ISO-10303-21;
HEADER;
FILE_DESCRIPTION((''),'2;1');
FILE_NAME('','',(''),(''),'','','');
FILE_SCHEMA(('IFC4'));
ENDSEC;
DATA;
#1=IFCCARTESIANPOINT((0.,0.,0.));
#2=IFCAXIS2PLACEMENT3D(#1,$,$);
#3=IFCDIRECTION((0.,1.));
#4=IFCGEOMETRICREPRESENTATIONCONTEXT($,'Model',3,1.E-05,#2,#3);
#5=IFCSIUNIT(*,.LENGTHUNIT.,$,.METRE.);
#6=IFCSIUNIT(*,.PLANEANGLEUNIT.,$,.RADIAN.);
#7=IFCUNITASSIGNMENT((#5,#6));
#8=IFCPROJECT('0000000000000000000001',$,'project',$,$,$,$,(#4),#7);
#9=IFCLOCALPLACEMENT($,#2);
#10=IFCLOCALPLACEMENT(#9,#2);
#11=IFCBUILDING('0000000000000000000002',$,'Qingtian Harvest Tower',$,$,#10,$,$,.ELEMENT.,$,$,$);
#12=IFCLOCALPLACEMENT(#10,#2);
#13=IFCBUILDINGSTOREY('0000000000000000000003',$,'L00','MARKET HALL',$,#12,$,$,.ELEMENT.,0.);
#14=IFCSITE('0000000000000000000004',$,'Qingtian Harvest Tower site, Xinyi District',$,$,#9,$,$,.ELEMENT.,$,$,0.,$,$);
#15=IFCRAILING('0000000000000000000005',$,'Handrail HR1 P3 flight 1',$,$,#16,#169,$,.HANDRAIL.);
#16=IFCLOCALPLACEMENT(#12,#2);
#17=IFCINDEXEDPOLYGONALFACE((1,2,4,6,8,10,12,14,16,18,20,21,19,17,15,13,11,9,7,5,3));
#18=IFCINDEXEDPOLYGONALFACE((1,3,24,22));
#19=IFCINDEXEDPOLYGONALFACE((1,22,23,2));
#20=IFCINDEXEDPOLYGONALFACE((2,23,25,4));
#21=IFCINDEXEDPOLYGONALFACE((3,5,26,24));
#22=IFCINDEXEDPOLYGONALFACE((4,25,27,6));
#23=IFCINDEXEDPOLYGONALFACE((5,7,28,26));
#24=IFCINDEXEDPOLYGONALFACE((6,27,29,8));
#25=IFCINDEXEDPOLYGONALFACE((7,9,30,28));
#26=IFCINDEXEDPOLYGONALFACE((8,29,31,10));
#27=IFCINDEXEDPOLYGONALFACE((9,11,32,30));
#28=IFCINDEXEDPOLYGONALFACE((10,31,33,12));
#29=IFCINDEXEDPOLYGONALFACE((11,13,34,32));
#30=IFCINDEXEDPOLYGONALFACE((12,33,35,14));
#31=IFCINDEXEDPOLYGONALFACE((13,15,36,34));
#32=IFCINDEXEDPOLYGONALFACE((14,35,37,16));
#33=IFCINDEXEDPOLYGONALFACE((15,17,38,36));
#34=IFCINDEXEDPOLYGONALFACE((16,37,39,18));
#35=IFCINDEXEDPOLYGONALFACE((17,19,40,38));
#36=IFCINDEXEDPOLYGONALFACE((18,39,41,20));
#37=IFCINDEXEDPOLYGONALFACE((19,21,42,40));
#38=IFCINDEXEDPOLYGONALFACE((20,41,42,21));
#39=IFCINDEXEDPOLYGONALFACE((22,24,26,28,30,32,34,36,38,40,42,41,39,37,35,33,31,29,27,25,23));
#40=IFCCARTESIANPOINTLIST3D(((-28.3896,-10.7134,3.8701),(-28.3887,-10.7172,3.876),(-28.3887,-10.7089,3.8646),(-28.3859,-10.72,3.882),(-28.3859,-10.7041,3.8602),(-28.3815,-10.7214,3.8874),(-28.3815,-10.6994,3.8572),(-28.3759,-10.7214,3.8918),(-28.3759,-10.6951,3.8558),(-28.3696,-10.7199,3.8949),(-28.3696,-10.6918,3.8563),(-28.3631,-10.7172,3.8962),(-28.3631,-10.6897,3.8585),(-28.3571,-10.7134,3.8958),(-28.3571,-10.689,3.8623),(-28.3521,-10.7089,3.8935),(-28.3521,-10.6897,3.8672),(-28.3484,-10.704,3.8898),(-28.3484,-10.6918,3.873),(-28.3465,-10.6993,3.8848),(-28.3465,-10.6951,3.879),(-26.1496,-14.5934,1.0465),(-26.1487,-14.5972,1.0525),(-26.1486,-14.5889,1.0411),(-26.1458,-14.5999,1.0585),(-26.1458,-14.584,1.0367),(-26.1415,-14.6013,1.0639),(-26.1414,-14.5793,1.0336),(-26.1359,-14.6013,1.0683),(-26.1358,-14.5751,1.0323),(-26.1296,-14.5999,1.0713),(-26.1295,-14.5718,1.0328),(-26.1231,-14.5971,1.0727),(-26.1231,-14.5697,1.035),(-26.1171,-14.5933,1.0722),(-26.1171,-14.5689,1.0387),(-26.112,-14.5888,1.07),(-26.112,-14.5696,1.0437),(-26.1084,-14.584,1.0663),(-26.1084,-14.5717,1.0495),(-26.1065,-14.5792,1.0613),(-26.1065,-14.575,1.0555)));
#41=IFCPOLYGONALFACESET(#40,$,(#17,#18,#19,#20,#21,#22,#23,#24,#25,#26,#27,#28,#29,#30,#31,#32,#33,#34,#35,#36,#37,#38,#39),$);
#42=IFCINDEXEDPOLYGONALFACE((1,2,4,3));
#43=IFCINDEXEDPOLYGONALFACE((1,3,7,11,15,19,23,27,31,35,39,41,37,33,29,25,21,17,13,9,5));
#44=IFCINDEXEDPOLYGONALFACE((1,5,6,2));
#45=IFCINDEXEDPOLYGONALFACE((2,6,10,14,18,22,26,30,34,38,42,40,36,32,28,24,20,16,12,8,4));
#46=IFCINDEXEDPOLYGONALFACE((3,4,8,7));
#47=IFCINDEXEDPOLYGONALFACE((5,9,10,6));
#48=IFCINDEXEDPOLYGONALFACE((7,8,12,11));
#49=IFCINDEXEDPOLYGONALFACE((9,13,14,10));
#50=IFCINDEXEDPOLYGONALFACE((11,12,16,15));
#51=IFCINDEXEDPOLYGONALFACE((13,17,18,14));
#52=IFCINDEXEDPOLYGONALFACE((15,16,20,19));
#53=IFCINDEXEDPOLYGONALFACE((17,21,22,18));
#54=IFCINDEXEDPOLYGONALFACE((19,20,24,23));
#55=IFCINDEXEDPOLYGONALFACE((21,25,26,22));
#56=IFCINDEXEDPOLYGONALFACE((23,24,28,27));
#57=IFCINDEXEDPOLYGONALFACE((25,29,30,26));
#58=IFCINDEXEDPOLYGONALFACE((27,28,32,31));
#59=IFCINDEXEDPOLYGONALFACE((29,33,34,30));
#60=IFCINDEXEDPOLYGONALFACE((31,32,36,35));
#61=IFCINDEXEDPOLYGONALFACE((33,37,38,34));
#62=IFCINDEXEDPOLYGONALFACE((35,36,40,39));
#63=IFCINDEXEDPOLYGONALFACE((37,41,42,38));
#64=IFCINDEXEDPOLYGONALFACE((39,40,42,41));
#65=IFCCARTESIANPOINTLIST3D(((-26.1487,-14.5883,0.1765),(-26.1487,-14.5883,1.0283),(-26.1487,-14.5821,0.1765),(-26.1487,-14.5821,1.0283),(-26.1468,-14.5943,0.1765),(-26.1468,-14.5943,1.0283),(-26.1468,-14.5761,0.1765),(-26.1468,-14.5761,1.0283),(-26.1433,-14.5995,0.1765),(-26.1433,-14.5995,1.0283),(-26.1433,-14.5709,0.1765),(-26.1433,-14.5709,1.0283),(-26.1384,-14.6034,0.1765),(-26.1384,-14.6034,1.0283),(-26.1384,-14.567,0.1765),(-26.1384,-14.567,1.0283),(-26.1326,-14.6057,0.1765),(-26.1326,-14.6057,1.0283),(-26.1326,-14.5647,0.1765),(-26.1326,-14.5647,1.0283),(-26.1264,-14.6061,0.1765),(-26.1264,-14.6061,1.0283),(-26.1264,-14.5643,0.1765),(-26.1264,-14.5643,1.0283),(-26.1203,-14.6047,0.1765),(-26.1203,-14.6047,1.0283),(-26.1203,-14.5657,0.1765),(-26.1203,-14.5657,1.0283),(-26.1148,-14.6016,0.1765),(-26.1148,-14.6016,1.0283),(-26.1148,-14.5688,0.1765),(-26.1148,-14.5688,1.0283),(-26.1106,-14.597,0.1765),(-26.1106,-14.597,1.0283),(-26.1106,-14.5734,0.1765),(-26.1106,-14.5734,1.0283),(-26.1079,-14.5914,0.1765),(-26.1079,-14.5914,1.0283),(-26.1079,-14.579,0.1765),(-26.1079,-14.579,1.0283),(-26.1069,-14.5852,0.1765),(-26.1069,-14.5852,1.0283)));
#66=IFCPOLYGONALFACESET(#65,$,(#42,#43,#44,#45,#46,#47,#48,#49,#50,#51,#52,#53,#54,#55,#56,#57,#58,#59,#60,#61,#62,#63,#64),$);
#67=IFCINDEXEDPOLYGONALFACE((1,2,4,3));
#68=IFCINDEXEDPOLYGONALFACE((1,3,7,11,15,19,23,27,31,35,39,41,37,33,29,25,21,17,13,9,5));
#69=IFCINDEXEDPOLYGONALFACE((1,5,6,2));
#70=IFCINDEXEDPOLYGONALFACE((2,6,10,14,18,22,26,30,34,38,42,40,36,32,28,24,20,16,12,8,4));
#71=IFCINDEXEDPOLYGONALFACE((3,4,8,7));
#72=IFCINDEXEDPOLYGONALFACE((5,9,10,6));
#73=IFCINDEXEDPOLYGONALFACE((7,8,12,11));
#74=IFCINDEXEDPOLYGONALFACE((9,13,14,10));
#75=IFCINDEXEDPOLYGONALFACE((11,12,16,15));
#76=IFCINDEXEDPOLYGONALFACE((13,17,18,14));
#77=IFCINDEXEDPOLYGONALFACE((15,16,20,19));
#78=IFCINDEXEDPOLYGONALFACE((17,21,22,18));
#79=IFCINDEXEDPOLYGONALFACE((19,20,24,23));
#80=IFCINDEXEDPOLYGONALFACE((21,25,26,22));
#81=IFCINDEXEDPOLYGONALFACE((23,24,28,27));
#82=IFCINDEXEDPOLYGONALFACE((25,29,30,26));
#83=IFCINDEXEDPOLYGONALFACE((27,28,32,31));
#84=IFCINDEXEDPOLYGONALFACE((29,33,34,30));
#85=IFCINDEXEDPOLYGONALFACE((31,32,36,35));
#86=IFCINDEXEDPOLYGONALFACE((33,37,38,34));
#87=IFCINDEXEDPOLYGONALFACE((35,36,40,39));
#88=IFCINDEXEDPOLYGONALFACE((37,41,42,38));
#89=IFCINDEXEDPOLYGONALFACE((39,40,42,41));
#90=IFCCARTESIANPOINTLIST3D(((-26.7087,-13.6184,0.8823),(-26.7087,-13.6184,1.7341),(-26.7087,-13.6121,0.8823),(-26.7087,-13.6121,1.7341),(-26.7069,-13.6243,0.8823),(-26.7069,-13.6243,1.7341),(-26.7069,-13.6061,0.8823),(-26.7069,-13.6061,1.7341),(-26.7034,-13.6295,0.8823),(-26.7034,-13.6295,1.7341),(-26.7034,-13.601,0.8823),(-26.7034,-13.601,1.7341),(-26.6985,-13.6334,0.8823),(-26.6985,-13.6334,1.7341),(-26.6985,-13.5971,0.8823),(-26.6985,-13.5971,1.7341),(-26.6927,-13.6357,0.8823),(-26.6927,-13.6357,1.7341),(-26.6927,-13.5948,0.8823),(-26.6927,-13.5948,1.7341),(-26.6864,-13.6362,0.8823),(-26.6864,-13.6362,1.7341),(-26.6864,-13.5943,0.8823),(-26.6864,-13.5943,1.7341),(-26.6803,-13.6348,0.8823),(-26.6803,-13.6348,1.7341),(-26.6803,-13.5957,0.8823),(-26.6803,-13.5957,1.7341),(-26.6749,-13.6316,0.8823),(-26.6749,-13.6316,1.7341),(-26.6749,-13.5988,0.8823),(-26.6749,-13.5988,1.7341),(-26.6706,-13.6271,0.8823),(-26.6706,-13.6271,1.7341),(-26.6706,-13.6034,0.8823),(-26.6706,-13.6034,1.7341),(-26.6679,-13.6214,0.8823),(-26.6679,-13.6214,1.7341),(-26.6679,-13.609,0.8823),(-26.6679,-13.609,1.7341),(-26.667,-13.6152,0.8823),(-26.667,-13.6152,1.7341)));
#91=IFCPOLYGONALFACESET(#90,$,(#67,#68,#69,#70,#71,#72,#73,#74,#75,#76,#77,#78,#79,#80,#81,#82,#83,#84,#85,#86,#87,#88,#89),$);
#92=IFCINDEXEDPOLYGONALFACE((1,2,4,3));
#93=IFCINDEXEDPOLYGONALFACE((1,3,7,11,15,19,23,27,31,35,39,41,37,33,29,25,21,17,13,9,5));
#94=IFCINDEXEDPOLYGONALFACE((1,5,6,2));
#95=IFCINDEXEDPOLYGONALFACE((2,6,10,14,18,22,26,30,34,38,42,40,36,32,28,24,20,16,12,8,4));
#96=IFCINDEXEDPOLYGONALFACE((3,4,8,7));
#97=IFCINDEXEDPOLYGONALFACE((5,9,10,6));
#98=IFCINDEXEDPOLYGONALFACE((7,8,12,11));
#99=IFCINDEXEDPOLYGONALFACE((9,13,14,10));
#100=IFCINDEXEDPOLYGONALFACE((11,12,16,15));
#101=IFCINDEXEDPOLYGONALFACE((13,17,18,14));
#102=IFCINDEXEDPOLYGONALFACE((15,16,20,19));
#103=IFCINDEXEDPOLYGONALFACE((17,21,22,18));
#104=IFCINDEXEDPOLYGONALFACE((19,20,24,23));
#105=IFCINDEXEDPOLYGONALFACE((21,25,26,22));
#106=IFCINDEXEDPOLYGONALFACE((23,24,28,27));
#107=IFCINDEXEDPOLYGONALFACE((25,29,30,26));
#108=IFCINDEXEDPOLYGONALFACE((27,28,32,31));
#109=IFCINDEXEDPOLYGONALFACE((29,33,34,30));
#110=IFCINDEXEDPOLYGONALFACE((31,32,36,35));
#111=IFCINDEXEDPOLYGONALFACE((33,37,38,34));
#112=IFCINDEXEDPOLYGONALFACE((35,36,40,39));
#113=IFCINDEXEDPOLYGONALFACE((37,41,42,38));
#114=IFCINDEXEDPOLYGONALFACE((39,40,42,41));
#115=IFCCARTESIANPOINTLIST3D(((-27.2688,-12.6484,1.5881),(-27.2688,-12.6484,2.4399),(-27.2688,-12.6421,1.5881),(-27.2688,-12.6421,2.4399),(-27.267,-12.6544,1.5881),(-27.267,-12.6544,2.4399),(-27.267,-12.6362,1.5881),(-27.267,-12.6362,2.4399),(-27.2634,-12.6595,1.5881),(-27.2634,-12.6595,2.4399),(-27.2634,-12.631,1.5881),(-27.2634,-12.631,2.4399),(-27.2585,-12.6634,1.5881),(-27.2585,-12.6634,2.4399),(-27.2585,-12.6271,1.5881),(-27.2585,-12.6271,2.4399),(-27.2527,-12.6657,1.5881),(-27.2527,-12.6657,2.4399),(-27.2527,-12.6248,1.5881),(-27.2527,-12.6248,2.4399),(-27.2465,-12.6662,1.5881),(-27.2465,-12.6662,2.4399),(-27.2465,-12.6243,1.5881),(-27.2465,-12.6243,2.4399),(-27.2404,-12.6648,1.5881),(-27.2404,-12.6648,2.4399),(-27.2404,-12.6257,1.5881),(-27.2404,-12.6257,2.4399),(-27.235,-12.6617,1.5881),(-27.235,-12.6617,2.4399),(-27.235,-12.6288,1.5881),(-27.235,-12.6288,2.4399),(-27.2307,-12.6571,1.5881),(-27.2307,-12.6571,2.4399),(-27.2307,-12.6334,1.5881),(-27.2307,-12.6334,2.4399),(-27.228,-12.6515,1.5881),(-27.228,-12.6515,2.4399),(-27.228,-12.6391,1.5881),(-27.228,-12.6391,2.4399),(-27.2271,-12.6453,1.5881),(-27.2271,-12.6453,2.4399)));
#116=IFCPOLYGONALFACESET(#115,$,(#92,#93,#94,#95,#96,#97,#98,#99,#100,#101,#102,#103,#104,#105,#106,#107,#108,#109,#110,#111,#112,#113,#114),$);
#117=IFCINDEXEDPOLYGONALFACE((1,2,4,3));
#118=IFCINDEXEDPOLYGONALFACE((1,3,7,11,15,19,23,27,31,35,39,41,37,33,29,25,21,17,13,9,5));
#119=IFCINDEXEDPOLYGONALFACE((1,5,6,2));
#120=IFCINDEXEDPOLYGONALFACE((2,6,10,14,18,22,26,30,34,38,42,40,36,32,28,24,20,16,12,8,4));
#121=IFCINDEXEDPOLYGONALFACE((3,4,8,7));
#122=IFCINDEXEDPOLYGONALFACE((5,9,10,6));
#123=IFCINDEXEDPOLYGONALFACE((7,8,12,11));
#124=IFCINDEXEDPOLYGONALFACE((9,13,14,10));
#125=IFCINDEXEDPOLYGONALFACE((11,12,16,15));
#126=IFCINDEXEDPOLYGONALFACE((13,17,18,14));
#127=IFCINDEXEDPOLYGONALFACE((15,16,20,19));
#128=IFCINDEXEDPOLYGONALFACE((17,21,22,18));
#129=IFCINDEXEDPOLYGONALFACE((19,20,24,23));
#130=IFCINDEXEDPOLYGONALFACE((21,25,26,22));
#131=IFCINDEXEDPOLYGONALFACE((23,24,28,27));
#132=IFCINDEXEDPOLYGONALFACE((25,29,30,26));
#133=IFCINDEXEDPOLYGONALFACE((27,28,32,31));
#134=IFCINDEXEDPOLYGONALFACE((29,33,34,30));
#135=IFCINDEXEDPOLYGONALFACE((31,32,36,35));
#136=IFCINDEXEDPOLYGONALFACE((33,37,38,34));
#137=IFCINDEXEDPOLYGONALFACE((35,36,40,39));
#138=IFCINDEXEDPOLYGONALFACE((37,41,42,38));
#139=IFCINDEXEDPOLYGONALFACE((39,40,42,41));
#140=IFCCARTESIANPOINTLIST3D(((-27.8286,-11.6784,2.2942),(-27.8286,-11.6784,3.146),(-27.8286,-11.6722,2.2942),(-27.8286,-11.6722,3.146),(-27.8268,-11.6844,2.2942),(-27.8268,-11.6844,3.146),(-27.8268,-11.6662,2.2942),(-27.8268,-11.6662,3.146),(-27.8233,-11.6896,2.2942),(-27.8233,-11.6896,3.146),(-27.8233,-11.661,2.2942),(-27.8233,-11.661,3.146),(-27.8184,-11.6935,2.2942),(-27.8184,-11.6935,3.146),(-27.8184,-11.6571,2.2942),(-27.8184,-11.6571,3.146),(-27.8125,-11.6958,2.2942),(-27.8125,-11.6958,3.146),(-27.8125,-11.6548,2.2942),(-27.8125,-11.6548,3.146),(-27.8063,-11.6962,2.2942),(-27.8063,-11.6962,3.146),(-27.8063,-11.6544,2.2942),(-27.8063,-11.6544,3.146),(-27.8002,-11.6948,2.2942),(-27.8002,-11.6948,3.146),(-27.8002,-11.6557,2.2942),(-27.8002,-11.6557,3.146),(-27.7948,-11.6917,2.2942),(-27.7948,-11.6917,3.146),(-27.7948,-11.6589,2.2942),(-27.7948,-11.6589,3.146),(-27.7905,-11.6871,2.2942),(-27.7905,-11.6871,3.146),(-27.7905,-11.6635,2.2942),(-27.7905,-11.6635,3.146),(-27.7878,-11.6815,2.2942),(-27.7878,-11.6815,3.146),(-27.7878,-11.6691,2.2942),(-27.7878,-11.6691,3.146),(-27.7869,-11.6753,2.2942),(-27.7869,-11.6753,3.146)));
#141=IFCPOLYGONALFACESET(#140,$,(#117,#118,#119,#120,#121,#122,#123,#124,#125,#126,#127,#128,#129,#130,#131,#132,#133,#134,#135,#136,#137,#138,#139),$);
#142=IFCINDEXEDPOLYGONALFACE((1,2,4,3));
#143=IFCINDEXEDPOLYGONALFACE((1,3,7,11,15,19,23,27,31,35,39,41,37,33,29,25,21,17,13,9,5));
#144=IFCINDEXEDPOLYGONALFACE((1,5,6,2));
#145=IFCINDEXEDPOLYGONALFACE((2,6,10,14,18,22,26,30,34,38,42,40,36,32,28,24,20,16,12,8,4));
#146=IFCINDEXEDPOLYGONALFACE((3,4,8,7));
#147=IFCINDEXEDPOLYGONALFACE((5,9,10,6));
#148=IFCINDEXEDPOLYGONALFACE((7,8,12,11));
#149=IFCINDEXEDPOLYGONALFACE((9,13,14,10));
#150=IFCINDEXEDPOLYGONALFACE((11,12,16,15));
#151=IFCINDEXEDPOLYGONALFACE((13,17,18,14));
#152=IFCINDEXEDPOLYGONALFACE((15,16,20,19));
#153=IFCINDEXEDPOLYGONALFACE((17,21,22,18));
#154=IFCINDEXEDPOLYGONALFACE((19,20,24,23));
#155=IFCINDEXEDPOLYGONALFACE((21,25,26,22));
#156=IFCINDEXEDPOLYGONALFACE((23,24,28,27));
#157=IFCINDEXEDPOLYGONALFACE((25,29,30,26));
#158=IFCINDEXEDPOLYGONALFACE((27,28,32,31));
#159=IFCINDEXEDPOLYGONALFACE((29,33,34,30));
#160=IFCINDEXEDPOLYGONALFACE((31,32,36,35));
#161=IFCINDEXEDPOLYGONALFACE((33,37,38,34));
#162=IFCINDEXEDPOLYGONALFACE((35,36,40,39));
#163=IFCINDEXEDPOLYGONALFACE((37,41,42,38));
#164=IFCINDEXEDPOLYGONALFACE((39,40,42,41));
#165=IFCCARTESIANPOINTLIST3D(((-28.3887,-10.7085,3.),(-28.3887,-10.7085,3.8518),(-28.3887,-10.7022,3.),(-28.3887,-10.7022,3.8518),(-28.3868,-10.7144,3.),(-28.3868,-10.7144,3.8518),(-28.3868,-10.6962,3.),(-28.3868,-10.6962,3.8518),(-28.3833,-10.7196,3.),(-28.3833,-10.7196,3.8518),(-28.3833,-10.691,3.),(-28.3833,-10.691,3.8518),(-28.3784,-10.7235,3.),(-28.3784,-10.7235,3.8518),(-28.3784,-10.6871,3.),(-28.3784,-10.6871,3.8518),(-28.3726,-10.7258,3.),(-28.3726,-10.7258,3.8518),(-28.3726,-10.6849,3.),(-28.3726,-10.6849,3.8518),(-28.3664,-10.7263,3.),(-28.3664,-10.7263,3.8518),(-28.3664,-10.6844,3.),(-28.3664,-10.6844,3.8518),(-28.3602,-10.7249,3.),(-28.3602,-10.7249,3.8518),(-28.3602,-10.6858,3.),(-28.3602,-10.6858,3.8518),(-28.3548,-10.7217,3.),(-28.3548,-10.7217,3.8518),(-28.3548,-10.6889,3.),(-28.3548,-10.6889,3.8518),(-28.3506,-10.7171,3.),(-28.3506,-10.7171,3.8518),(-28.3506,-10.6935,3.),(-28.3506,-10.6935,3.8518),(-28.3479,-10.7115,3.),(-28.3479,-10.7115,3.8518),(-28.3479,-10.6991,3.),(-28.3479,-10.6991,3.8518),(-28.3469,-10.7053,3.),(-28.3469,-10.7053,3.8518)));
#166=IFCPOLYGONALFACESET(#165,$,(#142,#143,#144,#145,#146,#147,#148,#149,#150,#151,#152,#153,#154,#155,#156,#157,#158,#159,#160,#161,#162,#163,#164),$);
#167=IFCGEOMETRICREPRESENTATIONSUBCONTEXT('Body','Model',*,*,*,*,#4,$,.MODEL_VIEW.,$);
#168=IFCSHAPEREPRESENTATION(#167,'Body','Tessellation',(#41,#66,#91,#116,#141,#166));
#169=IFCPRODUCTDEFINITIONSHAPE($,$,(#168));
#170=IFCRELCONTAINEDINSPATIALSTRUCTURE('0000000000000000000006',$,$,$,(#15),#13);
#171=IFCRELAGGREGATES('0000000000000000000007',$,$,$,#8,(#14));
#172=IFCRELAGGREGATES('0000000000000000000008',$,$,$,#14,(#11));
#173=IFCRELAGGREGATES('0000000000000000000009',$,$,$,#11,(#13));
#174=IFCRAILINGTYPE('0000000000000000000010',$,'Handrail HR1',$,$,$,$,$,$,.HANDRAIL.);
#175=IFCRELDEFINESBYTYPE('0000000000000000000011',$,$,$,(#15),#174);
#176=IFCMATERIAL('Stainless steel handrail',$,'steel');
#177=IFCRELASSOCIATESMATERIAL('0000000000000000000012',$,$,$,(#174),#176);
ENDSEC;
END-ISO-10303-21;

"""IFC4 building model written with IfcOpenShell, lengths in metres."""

from ifc_helpers import new_model, si_unit, direction, frame, origin, origin_2d, place, context, subcontext, project, spatial, circle, extrude, material, type_object, element, save


model = new_model("IFC4")

# Units and contexts
model_context = context("Model", 3, precision=1e-05, world=origin(), true_north=direction((0.0, 1.0)))
body_context = subcontext(model_context, "Body", "Model", "MODEL_VIEW")
ifc_project = project(units=[si_unit("LENGTHUNIT", "METRE"), si_unit("PLANEANGLEUNIT", "RADIAN")], contexts=[model_context])

# Site, building, storey
site_placement = place(None, origin())
site = spatial("IfcSite", under=ifc_project, at=site_placement, Name="Qingtian Harvest Tower site, Xinyi District", CompositionType="ELEMENT", RefElevation=0.0)
building_placement = place(site_placement, origin())
building = spatial("IfcBuilding", under=site, at=building_placement, Name="Qingtian Harvest Tower", CompositionType="ELEMENT")
storey_placement = place(building_placement, origin())
storey = spatial("IfcBuildingStorey", under=building, at=storey_placement, Name="L00", Description="MARKET HALL", CompositionType="ELEMENT", Elevation=0.0)

# Railing
ifc_material_1 = material(Name="Stainless steel handrail", Category="steel")
railing_type = type_object("IfcRailingType", Name="Handrail HR1", PredefinedType="HANDRAIL", material=ifc_material_1)
railing_1_placement = place(storey_placement, frame((-26.1279, -14.5852, 0.1765)))
element("IfcRailing", 1, at=railing_1_placement, inside=storey, type_object=railing_type, Name="Handrail HR1 P3 flight 1", PredefinedType="HANDRAIL", context=body_context, shape_type="SweptSolid", body=[
    extrude(circle(Radius=0.0239, at=origin_2d()), frame((0.0, 0.0, 0.876), z_axis=(-0.422993, 0.732665, 0.533178), x_axis=(-0.866031, -0.49999, 0.0)), (0.0, 0.0, 1.0), 5.2957),
    extrude(circle(Radius=0.021, at=origin_2d()), origin(), (0.0, 0.0, 1.0), 0.8518),
    extrude(circle(Radius=0.021, at=origin_2d()), frame((-0.5601, 0.97, 0.7058)), (0.0, 0.0, 1.0), 0.8518),
    extrude(circle(Radius=0.021, at=origin_2d()), frame((-1.1201, 1.9399, 1.4116)), (0.0, 0.0, 1.0), 0.8518),
    extrude(circle(Radius=0.021, at=origin_2d()), frame((-1.6799, 2.9099, 2.1177)), (0.0, 0.0, 1.0), 0.8518),
    extrude(circle(Radius=0.021, at=origin_2d()), frame((-2.24, 3.8799, 2.8235)), (0.0, 0.0, 1.0), 0.8518),
])

save(model, "model.ifc")
